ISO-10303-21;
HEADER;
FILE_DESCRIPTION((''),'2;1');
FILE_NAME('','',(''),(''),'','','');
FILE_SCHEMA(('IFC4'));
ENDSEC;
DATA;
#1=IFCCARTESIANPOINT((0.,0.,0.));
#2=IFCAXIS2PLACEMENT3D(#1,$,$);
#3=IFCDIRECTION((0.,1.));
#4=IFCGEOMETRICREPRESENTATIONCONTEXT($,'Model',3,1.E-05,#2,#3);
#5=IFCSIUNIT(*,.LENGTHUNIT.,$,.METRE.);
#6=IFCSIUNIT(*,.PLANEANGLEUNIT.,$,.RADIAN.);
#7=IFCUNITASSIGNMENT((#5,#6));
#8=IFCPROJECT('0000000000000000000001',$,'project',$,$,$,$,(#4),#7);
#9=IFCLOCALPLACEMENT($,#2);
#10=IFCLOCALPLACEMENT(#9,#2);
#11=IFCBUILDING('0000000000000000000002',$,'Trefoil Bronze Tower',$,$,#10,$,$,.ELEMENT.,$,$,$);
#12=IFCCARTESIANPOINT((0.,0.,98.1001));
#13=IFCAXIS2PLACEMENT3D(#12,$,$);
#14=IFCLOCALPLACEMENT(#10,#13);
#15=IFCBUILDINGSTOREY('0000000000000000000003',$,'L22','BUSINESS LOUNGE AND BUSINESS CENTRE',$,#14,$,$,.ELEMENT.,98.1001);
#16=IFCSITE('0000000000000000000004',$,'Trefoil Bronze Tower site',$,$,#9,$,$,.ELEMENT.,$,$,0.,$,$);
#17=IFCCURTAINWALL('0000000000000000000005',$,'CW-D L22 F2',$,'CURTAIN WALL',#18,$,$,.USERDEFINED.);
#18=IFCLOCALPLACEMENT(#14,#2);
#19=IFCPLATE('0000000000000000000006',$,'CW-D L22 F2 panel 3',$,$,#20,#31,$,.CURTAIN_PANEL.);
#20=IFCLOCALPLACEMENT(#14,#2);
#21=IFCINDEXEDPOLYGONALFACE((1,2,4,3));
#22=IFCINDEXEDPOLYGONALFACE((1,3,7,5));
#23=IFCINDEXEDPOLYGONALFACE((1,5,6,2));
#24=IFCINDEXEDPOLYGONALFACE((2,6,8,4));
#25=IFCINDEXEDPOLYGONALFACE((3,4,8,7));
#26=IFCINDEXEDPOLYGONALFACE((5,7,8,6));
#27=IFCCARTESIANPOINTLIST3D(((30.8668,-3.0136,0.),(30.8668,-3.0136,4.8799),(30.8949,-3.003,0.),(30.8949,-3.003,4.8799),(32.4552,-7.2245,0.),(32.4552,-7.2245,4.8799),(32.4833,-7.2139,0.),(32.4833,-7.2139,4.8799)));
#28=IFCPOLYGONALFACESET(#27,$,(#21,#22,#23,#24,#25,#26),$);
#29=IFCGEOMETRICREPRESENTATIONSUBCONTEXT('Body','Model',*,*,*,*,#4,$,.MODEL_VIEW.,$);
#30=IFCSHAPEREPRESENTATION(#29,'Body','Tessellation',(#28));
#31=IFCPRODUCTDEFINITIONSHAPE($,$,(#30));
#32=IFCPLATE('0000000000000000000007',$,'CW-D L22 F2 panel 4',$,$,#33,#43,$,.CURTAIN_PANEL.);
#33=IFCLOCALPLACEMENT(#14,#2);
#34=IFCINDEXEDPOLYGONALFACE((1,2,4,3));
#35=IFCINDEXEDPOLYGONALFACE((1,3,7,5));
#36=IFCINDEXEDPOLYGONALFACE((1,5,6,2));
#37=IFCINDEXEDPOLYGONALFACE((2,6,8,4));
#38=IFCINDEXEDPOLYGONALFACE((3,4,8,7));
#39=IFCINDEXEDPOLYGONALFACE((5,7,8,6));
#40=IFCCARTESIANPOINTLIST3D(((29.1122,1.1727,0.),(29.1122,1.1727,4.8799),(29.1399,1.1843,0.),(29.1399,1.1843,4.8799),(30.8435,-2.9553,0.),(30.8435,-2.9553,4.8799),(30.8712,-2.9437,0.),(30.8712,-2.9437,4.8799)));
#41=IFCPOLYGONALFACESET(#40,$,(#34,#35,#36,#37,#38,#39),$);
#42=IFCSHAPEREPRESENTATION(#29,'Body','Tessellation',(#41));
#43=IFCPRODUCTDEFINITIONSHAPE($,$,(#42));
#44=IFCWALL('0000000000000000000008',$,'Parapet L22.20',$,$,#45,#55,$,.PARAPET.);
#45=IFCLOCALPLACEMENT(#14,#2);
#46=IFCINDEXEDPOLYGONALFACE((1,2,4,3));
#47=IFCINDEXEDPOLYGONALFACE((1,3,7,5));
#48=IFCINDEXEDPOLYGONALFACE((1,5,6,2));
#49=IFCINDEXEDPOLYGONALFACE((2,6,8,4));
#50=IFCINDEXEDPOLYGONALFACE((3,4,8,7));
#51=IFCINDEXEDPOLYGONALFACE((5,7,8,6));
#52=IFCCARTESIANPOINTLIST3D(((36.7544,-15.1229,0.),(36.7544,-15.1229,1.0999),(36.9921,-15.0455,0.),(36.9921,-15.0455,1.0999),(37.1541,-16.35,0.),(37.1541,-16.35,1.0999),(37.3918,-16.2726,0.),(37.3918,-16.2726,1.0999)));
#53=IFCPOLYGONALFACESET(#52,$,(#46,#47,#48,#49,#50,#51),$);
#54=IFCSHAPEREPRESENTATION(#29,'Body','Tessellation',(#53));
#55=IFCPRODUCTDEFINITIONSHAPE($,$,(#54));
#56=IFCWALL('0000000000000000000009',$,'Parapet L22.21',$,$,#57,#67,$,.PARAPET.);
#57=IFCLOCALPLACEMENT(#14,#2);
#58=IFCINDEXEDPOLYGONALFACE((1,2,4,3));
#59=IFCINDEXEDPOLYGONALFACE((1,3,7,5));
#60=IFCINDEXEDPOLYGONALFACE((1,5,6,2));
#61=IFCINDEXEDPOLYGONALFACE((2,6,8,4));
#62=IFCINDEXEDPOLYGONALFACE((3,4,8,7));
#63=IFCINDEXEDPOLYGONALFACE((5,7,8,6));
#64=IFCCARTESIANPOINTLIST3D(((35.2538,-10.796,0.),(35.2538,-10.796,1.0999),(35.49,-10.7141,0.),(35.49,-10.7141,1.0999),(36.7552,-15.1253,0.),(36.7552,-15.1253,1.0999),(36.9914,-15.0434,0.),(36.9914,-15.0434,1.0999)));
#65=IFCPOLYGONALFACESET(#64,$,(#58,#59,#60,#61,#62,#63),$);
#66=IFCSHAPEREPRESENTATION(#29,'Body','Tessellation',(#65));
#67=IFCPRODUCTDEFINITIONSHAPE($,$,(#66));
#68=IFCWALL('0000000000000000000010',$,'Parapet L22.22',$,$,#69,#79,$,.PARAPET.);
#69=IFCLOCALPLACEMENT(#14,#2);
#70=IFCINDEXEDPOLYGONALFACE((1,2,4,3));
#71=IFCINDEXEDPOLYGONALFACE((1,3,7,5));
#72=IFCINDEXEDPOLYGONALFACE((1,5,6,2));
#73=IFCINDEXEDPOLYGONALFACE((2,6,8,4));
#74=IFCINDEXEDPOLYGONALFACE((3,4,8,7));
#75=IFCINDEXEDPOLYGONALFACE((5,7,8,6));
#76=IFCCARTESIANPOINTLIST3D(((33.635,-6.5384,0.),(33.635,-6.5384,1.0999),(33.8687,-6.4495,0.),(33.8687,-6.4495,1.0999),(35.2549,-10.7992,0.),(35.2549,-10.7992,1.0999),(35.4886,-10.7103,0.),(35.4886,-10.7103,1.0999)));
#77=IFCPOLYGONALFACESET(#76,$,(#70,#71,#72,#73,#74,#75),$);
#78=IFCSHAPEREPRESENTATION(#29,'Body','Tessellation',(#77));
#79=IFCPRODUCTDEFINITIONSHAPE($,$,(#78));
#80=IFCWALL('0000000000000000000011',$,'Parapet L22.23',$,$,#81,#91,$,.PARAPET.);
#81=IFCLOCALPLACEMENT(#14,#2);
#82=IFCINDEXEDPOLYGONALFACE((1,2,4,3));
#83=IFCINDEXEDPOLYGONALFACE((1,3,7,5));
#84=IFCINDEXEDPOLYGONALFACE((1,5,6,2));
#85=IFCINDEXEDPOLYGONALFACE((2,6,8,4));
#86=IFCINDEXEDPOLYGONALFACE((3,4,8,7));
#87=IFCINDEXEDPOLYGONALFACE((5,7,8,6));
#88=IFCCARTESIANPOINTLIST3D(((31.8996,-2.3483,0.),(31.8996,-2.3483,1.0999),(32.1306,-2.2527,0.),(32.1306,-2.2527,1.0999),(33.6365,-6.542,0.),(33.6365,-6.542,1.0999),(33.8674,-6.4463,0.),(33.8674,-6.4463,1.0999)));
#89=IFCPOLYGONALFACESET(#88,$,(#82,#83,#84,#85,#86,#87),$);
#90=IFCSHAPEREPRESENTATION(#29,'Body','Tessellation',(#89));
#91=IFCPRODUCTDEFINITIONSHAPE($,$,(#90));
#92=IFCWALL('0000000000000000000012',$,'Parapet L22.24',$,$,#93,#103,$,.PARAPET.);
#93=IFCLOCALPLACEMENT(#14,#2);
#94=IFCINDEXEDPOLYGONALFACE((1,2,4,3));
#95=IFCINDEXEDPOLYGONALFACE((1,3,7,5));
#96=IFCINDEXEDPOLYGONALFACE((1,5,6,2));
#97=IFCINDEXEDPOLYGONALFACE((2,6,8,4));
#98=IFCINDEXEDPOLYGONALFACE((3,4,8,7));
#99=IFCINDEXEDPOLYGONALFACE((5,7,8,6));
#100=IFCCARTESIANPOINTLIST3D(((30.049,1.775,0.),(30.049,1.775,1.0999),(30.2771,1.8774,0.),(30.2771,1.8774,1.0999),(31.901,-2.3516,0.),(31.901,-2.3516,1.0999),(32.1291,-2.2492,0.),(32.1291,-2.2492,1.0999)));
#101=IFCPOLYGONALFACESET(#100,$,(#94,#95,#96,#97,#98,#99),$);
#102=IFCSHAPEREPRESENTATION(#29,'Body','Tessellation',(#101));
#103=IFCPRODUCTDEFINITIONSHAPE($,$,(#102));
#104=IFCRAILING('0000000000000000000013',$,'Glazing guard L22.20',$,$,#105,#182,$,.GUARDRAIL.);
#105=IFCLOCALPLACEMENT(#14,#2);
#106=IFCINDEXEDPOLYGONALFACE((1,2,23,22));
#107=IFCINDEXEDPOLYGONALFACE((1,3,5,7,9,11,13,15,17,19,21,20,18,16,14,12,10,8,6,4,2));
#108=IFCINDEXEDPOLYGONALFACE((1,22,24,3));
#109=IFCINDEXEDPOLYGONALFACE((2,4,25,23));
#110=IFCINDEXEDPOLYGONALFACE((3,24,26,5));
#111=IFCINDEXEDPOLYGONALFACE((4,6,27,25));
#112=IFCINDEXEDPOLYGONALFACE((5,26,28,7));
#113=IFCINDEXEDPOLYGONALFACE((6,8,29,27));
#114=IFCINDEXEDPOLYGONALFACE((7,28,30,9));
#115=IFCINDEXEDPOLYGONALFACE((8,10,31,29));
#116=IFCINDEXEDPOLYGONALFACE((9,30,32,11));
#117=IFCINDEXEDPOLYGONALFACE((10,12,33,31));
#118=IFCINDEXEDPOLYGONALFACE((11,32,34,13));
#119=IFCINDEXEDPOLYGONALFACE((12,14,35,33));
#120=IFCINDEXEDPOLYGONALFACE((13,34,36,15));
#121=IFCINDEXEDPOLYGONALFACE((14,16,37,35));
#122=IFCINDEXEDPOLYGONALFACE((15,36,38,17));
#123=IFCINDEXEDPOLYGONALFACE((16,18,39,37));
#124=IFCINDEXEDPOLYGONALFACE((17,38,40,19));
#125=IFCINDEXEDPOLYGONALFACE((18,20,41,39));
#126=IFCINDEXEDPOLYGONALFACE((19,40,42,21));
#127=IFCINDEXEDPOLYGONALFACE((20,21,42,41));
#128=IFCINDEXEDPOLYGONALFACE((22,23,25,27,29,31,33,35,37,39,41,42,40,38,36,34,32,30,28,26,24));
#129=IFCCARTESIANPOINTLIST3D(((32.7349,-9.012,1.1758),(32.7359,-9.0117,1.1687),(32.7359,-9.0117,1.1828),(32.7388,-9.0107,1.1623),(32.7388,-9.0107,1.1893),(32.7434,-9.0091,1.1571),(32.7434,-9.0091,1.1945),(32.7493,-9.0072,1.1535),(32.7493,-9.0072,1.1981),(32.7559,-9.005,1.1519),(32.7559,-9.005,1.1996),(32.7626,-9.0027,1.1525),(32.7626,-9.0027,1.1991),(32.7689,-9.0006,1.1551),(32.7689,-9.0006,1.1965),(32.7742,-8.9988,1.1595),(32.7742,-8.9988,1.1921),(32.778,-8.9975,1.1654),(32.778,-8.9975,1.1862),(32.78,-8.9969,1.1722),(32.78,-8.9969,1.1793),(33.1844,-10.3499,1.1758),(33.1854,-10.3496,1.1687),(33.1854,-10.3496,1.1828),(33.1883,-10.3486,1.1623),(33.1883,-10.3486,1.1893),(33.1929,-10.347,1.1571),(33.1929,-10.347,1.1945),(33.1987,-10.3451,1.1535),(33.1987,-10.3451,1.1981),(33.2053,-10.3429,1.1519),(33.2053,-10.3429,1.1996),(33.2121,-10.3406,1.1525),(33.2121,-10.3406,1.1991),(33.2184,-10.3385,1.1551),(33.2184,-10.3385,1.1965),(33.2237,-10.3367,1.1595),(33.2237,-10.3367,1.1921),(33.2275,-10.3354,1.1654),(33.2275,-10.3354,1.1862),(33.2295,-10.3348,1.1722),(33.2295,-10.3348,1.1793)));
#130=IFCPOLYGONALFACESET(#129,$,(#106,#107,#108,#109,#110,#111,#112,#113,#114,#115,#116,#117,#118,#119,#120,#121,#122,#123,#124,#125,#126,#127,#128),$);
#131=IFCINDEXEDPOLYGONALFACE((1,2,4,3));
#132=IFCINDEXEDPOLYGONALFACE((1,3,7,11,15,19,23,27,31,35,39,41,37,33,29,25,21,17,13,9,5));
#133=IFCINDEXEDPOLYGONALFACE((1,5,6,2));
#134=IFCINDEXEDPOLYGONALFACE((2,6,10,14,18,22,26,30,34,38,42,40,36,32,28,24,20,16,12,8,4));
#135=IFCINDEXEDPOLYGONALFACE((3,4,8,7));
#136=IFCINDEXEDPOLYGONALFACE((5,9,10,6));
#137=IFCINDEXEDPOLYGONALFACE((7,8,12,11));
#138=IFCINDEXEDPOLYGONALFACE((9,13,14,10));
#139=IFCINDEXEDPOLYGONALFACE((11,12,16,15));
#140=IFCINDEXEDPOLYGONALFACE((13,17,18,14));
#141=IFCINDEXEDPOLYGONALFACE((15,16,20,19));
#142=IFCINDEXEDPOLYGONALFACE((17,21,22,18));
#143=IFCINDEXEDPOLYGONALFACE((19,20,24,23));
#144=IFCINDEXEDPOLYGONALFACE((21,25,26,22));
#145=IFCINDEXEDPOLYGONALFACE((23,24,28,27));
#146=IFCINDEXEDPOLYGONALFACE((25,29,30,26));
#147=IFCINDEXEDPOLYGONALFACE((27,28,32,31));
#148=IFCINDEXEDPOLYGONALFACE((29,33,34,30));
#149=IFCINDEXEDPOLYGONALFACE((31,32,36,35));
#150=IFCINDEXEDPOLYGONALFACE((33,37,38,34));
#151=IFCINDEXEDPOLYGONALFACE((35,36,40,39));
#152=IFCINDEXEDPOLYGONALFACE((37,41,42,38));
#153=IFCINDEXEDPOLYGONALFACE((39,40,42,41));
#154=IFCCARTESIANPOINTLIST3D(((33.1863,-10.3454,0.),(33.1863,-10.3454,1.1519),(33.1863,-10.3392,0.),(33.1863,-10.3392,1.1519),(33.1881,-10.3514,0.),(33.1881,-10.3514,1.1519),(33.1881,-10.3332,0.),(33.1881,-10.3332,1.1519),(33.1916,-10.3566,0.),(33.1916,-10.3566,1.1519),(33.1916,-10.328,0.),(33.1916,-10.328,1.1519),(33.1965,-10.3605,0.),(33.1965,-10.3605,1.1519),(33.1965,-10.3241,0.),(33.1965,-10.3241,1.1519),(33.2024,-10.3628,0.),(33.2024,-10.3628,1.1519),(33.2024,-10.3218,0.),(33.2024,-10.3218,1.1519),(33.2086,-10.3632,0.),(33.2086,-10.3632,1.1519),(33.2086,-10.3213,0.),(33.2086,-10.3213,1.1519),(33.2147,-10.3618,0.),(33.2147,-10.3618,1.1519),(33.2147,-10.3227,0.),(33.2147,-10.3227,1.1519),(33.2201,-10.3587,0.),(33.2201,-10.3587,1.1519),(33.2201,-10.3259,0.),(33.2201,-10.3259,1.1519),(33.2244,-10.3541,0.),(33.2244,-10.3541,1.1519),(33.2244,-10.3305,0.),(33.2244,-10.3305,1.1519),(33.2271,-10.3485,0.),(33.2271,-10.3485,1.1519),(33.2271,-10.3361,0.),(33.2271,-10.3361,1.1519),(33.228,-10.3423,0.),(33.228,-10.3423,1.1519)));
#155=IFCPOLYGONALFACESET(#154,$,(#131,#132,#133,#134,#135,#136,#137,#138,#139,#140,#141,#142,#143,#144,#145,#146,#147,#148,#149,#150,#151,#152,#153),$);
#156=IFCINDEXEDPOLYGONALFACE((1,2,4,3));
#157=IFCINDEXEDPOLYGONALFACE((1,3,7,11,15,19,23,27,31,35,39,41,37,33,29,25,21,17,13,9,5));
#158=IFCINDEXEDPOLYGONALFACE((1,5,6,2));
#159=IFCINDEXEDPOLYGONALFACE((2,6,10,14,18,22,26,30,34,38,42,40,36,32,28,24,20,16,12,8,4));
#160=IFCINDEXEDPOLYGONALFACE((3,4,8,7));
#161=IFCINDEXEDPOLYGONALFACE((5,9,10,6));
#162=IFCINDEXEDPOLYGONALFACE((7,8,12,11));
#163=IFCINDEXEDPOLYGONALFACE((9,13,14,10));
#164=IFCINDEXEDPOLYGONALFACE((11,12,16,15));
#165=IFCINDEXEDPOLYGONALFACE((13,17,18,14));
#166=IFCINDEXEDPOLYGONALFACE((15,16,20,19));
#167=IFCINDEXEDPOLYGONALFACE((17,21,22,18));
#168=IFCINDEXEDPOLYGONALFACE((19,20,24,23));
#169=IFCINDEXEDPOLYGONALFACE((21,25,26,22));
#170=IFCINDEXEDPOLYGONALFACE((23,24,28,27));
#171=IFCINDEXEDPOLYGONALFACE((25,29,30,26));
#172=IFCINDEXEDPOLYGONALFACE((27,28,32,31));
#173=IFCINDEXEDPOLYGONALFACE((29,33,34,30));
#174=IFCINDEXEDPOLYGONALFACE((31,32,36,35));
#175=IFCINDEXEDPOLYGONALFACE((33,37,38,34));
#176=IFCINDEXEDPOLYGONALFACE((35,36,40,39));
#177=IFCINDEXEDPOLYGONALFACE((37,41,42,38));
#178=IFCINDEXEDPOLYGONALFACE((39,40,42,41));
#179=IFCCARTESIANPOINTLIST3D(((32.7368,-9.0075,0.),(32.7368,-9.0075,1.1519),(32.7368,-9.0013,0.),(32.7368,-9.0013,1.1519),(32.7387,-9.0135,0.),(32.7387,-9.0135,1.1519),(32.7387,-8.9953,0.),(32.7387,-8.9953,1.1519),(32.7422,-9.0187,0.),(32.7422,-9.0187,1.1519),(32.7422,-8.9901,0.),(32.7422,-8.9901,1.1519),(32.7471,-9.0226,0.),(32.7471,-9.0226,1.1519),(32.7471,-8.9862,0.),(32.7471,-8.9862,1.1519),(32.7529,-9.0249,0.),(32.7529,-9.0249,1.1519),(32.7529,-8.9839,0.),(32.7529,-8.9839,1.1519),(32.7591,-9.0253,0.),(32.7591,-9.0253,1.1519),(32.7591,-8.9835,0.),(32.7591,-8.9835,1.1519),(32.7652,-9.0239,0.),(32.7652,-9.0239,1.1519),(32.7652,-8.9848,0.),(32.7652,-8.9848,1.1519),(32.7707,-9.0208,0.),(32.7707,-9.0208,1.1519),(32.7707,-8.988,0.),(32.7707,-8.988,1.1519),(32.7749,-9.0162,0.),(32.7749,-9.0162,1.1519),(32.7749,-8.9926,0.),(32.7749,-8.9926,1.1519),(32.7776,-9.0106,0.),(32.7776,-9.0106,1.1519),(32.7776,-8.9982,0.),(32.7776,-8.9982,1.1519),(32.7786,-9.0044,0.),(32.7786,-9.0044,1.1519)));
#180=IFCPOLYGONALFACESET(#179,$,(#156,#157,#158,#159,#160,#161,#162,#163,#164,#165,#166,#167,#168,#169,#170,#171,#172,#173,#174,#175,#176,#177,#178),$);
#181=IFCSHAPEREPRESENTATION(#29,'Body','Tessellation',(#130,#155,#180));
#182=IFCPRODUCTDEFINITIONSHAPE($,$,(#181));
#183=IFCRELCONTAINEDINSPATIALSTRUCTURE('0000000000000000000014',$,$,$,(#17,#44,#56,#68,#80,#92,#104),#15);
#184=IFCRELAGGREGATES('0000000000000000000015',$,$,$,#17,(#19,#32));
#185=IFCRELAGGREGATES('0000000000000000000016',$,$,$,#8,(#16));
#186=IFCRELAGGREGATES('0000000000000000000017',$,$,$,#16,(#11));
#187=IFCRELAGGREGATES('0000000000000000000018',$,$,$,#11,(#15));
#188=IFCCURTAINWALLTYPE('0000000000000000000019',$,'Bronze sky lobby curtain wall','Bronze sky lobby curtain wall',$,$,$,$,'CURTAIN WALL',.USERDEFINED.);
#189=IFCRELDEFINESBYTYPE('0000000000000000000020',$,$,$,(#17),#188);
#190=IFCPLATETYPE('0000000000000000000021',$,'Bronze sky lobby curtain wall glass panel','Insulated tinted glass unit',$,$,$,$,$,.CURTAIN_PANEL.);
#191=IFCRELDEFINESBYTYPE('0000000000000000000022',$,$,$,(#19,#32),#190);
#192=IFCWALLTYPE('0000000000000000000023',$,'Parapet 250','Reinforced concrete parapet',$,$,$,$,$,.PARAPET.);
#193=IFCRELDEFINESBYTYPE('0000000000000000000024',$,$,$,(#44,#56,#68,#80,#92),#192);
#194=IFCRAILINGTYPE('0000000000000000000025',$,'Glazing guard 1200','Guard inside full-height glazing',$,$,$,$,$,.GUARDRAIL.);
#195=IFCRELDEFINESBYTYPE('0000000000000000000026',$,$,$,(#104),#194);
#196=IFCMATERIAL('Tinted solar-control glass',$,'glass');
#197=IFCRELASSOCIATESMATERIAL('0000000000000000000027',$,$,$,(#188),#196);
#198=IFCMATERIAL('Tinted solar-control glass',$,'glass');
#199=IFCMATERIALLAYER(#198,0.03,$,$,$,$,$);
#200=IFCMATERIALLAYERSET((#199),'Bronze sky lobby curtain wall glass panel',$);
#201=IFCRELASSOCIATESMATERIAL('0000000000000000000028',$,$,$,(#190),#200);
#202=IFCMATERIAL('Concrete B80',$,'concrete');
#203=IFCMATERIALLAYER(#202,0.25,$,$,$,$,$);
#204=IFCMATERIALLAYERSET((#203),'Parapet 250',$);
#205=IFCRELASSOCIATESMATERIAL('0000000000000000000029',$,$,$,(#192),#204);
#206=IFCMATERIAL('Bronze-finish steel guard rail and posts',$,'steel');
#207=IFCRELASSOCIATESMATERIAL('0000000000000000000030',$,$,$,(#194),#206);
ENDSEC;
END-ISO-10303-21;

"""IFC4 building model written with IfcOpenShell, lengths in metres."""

from ifc_helpers import new_model, si_unit, direction, frame, frame_2d, origin, origin_2d, place, context, subcontext, project, spatial, rectangle, circle, extrude, material, layer, layer_set, type_object, element, aggregate, save


model = new_model("IFC4")

# Units and contexts
model_context = context("Model", 3, precision=1e-05, world=origin(), true_north=direction((0.0, 1.0)))
body_context = subcontext(model_context, "Body", "Model", "MODEL_VIEW")
ifc_project = project(units=[si_unit("LENGTHUNIT", "METRE"), si_unit("PLANEANGLEUNIT", "RADIAN")], contexts=[model_context])

# Site, building, storey
site_placement = place(None, origin())
site = spatial("IfcSite", under=ifc_project, at=site_placement, Name="Trefoil Bronze Tower site", CompositionType="ELEMENT", RefElevation=0.0)
building_placement = place(site_placement, origin())
building = spatial("IfcBuilding", under=site, at=building_placement, Name="Trefoil Bronze Tower", CompositionType="ELEMENT")
storey_placement = place(building_placement, frame((0.0, 0.0, 98.1001)))
storey = spatial("IfcBuildingStorey", under=building, at=storey_placement, Name="L22", Description="BUSINESS LOUNGE AND BUSINESS CENTRE", CompositionType="ELEMENT", Elevation=98.1001)

# Curtain wall
ifc_material_1 = material(Name="Tinted solar-control glass", Category="glass")
curtain_wall_type_1 = type_object("IfcCurtainWallType", Name="Bronze sky lobby curtain wall", Description="Bronze sky lobby curtain wall", ElementType="CURTAIN WALL", PredefinedType="USERDEFINED", material=ifc_material_1)
curtain_wall_1_placement = place(storey_placement, origin())
curtain_wall_1 = element("IfcCurtainWall", 1, at=curtain_wall_1_placement, inside=storey, type_object=curtain_wall_type_1, Name="CW-D L22 F2", ObjectType="CURTAIN WALL", PredefinedType="USERDEFINED")

# Plates
ifc_material_2 = material(Name="Tinted solar-control glass", Category="glass")
ifc_layer_1 = layer(ifc_material_2, 0.03)
ifc_layer_set_1 = layer_set([ifc_layer_1], Name="Bronze sky lobby curtain wall glass panel")
plate_type_1 = type_object("IfcPlateType", Name="Bronze sky lobby curtain wall glass panel", Description="Insulated tinted glass unit", PredefinedType="CURTAIN_PANEL", material=ifc_layer_set_1)
plate_1_placement = place(storey_placement, frame((31.675, -5.1138, 0.0), z_axis=(0.0, 0.0, 1.0), x_axis=(-0.35292, 0.935654, 0.0)))
plate_1 = element("IfcPlate", 2, at=plate_1_placement, type_object=plate_type_1, Name="CW-D L22 F2 panel 3", PredefinedType="CURTAIN_PANEL", context=body_context, shape_type="SweptSolid", body=[
    extrude(rectangle(XDim=4.5005, YDim=0.03, at=origin_2d()), origin(), (0.0, 0.0, 1.0), 4.8799),
])
plate_2_placement = place(storey_placement, frame((29.9917, -0.8855, 0.0), z_axis=(0.0, 0.0, 1.0), x_axis=(-0.386759, 0.922181, 0.0)))
plate_2 = element("IfcPlate", 3, at=plate_2_placement, type_object=plate_type_1, Name="CW-D L22 F2 panel 4", PredefinedType="CURTAIN_PANEL", context=body_context, shape_type="SweptSolid", body=[
    extrude(rectangle(XDim=4.4763, YDim=0.03, at=origin_2d()), origin(), (0.0, 0.0, 1.0), 4.8799),
])
aggregate(curtain_wall_1, [plate_1, plate_2])

# Walls
ifc_material_3 = material(Name="Concrete B80", Category="concrete")
ifc_layer_2 = layer(ifc_material_3, 0.25)
ifc_layer_set_2 = layer_set([ifc_layer_2], Name="Parapet 250")
wall_type = type_object("IfcWallType", Name="Parapet 250", Description="Reinforced concrete parapet", PredefinedType="PARAPET", material=ifc_layer_set_2)
wall_1_placement = place(storey_placement, frame((37.2729, -16.3113, 0.0), z_axis=(0.0, 0.0, 1.0), x_axis=(-0.309693, 0.950836, 0.0)))
element("IfcWall", 4, at=wall_1_placement, inside=storey, type_object=wall_type, Name="Parapet L22.20", PredefinedType="PARAPET", context=body_context, shape_type="SweptSolid", body=[
    extrude(rectangle(XDim=1.2905, YDim=0.25, at=frame_2d((0.6453, 0.0))), origin(), (0.0, 0.0, 1.0), 1.0999),
])
wall_2_placement = place(storey_placement, frame((36.8733, -15.0842, 0.0), z_axis=(0.0, 0.0, 1.0), x_axis=(-0.327665, 0.944794, 0.0)))
element("IfcWall", 5, at=wall_2_placement, inside=storey, type_object=wall_type, Name="Parapet L22.21", PredefinedType="PARAPET", context=body_context, shape_type="SweptSolid", body=[
    extrude(rectangle(XDim=4.5823, YDim=0.25, at=frame_2d((2.291, 0.0))), origin(), (0.0, 0.0, 1.0), 1.0999),
])
wall_3_placement = place(storey_placement, frame((35.3718, -10.7549, 0.0), z_axis=(0.0, 0.0, 1.0), x_axis=(-0.355369, 0.934726, 0.0)))
element("IfcWall", 6, at=wall_3_placement, inside=storey, type_object=wall_type, Name="Parapet L22.22", PredefinedType="PARAPET", context=body_context, shape_type="SweptSolid", body=[
    extrude(rectangle(XDim=4.5583, YDim=0.25, at=frame_2d((2.2793, 0.0))), origin(), (0.0, 0.0, 1.0), 1.0999),
])
wall_4_placement = place(storey_placement, frame((33.752, -6.4941, 0.0), z_axis=(0.0, 0.0, 1.0), x_axis=(-0.38264, 0.923898, 0.0)))
element("IfcWall", 7, at=wall_4_placement, inside=storey, type_object=wall_type, Name="Parapet L22.23", PredefinedType="PARAPET", context=body_context, shape_type="SweptSolid", body=[
    extrude(rectangle(XDim=4.5391, YDim=0.25, at=frame_2d((2.2695, 0.0))), origin(), (0.0, 0.0, 1.0), 1.0999),
])
wall_5_placement = place(storey_placement, frame((32.0151, -2.3005, 0.0), z_axis=(0.0, 0.0, 1.0), x_axis=(-0.409451, 0.912332, 0.0)))
element("IfcWall", 8, at=wall_5_placement, inside=storey, type_object=wall_type, Name="Parapet L22.24", PredefinedType="PARAPET", context=body_context, shape_type="SweptSolid", body=[
    extrude(rectangle(XDim=4.5232, YDim=0.25, at=frame_2d((2.2617, 0.0))), origin(), (0.0, 0.0, 1.0), 1.0999),
])

# Railing
ifc_material_4 = material(Name="Bronze-finish steel guard rail and posts", Category="steel")
railing_type = type_object("IfcRailingType", Name="Glazing guard 1200", Description="Guard inside full-height glazing", PredefinedType="GUARDRAIL", material=ifc_material_4)
railing_1_placement = place(storey_placement, frame((33.207, -10.3423, 0.0)))
element("IfcRailing", 9, at=railing_1_placement, inside=storey, type_object=railing_type, Name="Glazing guard L22.20", PredefinedType="GUARDRAIL", context=body_context, shape_type="SweptSolid", body=[
    extrude(circle(Radius=0.0239, at=origin_2d()), frame((0.0, 0.0, 1.1758), z_axis=(-0.318458, 0.947937, 0.0), x_axis=(-0.947937, -0.318458, 0.0)), (0.0, 0.0, 1.0), 1.4114),
    extrude(circle(Radius=0.021, at=origin_2d()), origin(), (0.0, 0.0, 1.0), 1.1519),
    extrude(circle(Radius=0.021, at=origin_2d()), frame((-0.4495, 1.3379, 0.0)), (0.0, 0.0, 1.0), 1.1519),
])

save(model, "model.ifc")
